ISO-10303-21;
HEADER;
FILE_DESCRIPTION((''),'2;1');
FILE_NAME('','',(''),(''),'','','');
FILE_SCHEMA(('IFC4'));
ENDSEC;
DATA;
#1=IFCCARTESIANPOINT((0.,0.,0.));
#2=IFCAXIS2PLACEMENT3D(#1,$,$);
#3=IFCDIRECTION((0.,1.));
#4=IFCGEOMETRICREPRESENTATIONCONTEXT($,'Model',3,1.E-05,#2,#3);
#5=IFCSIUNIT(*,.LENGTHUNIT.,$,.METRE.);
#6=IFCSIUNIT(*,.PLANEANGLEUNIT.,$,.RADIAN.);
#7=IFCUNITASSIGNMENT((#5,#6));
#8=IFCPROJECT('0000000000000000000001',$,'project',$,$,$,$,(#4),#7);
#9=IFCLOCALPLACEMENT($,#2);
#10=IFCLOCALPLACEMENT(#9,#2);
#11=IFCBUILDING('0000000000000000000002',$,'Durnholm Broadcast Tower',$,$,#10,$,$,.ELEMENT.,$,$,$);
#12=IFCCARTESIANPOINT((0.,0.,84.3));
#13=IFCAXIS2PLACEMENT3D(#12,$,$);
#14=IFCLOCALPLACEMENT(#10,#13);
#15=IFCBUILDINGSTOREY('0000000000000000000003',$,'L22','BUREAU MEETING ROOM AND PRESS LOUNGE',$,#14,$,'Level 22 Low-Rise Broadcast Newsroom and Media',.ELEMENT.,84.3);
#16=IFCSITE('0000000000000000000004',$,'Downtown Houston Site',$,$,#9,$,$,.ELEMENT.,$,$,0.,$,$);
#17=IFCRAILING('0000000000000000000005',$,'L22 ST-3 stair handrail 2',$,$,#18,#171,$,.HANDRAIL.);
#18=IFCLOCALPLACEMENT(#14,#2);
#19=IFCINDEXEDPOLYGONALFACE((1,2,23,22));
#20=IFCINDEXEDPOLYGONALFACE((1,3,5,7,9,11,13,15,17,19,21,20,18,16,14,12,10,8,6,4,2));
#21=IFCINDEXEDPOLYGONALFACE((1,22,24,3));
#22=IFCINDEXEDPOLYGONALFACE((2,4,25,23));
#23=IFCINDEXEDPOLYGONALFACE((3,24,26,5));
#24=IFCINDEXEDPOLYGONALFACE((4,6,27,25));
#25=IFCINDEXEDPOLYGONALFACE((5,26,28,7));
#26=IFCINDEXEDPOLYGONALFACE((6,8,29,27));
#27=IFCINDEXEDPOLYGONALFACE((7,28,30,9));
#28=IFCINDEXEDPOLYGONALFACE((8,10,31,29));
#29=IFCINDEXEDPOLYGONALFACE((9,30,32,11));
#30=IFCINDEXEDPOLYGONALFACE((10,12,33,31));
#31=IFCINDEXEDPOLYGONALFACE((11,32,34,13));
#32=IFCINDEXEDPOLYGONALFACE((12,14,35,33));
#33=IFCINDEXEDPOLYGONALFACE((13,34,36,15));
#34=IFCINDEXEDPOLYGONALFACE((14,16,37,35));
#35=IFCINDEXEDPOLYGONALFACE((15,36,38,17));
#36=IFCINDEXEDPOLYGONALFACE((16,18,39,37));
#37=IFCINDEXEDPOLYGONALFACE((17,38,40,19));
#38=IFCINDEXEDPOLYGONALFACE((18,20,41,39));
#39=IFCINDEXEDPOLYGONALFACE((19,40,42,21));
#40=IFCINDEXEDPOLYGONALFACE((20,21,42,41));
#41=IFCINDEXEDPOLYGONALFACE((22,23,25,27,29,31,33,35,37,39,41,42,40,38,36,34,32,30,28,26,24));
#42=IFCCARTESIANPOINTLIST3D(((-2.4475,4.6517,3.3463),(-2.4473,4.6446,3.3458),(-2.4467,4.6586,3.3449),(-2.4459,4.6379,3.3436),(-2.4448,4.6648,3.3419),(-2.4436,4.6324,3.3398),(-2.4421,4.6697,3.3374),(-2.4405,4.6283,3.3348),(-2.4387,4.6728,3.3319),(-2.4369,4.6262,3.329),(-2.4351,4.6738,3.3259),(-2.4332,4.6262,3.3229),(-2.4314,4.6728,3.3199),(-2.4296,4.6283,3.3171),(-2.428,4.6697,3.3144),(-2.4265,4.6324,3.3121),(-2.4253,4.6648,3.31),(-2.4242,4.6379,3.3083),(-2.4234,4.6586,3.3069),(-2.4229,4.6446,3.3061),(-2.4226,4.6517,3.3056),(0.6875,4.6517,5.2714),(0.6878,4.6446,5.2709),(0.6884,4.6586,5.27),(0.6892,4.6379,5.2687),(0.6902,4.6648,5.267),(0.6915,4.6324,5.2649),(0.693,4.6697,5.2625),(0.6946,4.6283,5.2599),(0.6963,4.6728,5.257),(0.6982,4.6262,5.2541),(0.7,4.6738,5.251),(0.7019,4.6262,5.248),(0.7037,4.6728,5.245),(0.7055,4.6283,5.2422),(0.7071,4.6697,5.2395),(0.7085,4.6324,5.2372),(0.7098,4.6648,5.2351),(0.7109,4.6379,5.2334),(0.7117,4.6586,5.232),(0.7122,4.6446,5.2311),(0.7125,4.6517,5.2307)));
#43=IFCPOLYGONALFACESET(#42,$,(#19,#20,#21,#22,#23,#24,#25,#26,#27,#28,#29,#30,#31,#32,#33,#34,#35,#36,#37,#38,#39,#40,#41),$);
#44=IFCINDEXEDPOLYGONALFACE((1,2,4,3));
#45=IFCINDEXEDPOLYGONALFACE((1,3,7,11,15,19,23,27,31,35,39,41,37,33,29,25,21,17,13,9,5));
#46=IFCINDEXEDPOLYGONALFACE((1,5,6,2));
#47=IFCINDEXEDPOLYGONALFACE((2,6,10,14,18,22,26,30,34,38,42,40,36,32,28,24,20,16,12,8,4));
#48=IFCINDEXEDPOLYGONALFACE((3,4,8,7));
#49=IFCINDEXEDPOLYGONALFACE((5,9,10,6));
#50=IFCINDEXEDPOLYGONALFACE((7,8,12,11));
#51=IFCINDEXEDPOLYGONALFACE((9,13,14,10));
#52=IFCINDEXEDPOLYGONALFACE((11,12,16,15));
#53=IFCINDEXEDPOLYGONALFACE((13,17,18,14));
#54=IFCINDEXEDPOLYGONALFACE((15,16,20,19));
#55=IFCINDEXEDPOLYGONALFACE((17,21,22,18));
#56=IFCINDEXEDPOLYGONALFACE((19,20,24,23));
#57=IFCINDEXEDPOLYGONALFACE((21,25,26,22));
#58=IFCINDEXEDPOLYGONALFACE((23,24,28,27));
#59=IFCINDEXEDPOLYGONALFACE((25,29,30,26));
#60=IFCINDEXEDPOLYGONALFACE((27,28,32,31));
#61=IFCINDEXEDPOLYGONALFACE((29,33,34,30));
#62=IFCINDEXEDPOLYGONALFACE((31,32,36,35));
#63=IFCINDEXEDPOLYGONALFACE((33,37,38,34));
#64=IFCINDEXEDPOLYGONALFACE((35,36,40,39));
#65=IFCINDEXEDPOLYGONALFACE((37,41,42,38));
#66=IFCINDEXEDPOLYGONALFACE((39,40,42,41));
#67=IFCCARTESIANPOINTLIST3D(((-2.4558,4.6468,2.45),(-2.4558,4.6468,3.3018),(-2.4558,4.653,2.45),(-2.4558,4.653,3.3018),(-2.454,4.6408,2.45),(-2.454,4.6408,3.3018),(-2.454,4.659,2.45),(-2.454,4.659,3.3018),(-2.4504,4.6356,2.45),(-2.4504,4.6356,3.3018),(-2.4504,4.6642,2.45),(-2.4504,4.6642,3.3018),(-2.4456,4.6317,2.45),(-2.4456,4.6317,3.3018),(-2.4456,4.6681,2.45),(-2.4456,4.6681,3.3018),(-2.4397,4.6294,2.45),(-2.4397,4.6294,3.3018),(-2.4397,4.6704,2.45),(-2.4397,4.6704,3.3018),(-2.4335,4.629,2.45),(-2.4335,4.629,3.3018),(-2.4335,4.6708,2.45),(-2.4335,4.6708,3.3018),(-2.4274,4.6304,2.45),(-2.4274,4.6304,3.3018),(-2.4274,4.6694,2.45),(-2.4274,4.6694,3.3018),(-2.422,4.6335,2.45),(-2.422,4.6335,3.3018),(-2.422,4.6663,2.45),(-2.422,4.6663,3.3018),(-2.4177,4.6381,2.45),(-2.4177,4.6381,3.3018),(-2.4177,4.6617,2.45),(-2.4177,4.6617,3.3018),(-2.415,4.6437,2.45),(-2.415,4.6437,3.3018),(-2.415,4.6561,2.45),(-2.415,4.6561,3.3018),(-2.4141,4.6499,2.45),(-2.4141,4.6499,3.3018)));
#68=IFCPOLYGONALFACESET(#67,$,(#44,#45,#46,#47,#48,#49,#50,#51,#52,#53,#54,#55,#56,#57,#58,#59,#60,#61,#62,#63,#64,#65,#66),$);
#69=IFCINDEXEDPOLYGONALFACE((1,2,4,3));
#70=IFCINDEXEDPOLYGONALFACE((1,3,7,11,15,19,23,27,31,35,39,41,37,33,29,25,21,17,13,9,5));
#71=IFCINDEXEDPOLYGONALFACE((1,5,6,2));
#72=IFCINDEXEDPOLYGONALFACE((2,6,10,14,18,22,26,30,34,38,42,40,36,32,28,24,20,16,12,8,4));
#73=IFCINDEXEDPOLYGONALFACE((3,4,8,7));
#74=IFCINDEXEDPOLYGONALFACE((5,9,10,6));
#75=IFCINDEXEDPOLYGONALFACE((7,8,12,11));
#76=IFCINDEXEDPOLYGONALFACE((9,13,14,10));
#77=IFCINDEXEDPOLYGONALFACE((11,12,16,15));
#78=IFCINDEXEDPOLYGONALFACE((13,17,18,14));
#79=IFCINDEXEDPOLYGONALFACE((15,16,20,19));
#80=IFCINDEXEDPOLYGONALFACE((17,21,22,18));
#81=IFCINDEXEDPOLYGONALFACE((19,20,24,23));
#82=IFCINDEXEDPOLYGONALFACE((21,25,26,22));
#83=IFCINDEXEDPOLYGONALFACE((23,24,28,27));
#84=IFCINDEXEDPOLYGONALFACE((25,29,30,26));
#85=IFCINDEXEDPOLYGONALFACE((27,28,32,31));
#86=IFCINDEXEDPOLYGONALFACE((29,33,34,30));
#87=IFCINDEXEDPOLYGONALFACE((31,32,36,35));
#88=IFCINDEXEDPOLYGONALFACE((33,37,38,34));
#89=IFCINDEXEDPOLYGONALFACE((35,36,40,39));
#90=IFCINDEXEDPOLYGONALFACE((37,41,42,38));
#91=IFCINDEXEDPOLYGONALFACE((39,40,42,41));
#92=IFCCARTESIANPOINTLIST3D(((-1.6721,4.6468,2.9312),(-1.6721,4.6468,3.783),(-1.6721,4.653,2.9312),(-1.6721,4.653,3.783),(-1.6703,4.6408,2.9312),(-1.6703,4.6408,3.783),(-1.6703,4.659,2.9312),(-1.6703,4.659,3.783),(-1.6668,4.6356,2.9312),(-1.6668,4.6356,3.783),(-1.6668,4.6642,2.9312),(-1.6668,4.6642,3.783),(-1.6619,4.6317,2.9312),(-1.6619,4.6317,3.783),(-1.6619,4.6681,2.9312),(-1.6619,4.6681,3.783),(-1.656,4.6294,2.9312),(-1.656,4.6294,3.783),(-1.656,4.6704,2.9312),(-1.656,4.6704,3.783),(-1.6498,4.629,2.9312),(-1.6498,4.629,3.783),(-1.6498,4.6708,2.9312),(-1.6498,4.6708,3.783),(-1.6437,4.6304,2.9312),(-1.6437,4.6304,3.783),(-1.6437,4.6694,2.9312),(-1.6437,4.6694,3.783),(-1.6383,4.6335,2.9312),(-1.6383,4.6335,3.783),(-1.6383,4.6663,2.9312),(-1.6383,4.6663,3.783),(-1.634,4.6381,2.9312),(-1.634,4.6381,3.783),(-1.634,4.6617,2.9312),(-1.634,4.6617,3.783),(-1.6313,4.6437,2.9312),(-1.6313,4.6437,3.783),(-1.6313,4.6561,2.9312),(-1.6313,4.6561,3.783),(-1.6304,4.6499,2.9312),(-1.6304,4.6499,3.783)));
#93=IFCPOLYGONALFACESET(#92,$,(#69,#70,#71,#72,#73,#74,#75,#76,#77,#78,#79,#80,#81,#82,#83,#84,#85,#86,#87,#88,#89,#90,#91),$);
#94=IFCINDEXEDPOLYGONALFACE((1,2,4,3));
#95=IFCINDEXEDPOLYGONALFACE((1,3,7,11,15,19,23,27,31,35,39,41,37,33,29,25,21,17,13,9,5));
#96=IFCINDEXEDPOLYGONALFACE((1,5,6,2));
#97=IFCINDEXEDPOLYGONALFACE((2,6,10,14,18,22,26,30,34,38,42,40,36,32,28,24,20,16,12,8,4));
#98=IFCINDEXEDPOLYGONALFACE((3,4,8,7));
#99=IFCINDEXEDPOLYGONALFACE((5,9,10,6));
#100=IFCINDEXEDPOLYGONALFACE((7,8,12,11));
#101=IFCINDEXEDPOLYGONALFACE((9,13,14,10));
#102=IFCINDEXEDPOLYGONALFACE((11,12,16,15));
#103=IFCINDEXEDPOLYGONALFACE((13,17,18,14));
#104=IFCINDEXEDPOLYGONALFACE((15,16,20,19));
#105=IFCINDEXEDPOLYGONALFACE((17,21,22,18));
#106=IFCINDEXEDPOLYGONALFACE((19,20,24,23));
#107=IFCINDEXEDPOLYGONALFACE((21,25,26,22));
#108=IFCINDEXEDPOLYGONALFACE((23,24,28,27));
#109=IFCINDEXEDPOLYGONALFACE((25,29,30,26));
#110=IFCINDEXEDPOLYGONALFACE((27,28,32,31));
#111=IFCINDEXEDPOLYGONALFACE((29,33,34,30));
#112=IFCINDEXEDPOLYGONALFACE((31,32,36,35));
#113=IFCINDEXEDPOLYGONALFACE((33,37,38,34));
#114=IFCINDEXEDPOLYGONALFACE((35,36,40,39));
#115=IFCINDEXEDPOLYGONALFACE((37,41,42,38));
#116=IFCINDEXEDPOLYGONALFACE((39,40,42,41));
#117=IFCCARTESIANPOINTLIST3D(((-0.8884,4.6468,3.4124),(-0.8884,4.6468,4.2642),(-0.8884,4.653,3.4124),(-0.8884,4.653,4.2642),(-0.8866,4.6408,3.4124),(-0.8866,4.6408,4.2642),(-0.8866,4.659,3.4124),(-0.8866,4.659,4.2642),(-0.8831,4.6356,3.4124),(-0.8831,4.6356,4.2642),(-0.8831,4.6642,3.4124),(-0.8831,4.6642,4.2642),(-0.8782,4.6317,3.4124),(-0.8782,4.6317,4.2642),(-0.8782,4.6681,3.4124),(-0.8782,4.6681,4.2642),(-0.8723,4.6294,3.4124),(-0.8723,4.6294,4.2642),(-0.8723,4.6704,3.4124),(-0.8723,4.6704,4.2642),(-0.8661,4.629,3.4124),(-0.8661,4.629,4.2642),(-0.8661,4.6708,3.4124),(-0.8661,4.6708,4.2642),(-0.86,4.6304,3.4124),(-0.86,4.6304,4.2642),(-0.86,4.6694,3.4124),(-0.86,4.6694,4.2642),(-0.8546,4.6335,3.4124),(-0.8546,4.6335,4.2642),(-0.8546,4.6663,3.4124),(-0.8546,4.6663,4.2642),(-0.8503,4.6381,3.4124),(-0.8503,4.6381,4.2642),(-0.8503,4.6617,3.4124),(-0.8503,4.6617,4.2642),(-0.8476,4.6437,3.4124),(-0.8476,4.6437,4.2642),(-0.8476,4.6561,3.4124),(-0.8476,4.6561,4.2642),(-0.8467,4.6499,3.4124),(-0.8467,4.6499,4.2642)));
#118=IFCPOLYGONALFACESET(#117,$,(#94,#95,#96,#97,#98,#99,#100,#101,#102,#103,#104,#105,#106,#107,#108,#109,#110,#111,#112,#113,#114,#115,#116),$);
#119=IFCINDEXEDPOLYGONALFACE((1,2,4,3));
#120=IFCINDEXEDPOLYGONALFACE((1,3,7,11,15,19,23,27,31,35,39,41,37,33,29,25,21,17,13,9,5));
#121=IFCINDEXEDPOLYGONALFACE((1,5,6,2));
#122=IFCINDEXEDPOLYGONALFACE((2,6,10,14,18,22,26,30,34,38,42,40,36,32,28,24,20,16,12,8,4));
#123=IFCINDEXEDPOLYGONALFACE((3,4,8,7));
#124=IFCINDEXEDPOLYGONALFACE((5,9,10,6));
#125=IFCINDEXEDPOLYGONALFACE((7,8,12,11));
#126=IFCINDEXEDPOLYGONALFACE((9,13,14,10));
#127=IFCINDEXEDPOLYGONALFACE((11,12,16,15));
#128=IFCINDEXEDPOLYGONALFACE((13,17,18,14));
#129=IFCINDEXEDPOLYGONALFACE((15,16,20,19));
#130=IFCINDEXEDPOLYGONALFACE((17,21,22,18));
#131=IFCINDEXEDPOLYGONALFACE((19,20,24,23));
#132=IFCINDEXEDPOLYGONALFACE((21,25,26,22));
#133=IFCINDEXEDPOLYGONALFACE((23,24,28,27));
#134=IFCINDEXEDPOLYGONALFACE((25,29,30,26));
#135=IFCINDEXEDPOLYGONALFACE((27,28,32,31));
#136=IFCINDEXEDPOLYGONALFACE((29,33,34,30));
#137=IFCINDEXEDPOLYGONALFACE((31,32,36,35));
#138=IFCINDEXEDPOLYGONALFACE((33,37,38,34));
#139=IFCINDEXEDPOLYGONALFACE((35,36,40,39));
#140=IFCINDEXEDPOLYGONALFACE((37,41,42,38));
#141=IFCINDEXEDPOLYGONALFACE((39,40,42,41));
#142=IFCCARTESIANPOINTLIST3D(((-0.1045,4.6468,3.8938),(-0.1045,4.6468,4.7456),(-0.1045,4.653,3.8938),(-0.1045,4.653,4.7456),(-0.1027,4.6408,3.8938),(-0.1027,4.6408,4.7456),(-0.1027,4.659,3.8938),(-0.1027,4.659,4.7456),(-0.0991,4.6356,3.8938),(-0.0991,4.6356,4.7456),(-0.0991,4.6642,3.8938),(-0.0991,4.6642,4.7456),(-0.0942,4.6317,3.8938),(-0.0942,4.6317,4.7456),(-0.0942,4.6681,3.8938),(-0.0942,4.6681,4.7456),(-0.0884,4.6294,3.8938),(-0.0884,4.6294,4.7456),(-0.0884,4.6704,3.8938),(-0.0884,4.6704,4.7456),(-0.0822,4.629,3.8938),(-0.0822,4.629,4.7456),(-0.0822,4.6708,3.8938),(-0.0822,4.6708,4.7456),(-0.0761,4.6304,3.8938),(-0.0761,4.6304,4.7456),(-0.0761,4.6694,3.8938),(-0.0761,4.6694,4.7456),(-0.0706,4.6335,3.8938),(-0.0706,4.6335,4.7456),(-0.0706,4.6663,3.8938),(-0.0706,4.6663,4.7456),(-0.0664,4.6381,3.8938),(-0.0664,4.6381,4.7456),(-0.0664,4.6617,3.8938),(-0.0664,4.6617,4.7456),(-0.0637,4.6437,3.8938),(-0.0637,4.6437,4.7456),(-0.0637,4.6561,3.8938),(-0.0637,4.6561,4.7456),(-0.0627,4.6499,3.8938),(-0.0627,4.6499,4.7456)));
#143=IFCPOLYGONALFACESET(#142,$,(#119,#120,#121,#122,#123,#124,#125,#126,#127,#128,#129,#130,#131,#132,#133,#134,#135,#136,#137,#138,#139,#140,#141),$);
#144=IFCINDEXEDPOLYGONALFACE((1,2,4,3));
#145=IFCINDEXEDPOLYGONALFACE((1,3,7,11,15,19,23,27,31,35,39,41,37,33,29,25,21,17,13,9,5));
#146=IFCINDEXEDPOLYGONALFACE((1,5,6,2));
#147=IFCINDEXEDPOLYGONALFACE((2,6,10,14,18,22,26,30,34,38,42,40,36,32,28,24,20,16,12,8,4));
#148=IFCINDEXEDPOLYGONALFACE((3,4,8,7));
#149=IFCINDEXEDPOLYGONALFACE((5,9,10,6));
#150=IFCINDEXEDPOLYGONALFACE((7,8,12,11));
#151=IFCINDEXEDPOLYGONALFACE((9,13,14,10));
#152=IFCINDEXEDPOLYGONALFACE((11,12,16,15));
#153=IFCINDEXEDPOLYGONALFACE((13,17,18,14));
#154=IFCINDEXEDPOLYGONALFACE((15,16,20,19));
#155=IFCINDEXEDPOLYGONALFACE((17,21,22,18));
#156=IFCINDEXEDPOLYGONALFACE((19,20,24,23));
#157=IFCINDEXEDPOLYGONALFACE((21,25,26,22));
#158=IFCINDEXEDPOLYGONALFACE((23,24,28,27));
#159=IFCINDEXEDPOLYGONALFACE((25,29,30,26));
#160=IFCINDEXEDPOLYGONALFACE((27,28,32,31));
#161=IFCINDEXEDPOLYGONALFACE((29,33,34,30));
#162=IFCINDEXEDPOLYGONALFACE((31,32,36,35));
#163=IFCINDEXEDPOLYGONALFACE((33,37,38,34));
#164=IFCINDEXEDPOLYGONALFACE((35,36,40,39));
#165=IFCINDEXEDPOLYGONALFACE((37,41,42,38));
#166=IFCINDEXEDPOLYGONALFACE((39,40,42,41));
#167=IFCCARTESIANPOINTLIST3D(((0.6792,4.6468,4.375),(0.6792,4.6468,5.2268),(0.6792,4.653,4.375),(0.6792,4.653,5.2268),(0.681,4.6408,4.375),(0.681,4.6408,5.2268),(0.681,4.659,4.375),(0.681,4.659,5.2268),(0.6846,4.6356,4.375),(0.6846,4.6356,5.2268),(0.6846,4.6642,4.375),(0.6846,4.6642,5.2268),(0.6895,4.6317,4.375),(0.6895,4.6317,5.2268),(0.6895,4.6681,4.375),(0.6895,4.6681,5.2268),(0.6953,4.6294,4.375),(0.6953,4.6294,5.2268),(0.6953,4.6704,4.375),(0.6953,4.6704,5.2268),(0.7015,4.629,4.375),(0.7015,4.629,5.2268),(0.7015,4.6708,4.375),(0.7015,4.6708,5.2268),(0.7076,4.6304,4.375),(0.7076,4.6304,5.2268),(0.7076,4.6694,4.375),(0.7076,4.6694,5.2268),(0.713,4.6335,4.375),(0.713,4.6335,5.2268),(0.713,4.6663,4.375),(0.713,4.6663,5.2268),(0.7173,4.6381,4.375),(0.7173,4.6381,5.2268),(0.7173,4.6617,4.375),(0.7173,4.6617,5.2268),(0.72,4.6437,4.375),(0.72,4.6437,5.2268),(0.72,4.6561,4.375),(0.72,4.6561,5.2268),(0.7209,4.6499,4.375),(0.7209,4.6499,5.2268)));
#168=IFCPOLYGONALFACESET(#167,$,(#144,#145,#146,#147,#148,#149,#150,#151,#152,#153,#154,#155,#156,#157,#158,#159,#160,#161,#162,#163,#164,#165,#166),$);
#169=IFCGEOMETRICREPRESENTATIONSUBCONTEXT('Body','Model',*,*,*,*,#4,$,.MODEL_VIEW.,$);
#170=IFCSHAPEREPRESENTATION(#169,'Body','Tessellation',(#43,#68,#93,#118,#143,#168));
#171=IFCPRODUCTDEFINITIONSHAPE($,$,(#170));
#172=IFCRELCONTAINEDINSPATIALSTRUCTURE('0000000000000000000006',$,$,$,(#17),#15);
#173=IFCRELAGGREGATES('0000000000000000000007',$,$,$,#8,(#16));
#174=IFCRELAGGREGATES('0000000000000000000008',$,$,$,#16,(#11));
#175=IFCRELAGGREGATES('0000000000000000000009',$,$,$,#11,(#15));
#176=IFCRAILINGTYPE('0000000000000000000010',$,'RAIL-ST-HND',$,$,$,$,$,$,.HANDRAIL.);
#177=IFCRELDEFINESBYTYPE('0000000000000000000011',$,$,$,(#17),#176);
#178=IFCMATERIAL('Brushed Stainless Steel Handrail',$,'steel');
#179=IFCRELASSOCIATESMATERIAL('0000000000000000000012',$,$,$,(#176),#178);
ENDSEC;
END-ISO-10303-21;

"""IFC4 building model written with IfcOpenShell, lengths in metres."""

from ifc_helpers import new_model, si_unit, direction, frame, origin, origin_2d, place, context, subcontext, project, spatial, circle, extrude, material, type_object, element, save


model = new_model("IFC4")

# Units and contexts
model_context = context("Model", 3, precision=1e-05, world=origin(), true_north=direction((0.0, 1.0)))
body_context = subcontext(model_context, "Body", "Model", "MODEL_VIEW")
ifc_project = project(units=[si_unit("LENGTHUNIT", "METRE"), si_unit("PLANEANGLEUNIT", "RADIAN")], contexts=[model_context])

# Site, building, storey
site_placement = place(None, origin())
site = spatial("IfcSite", under=ifc_project, at=site_placement, Name="Downtown Houston Site", CompositionType="ELEMENT", RefElevation=0.0)
building_placement = place(site_placement, origin())
building = spatial("IfcBuilding", under=site, at=building_placement, Name="Durnholm Broadcast Tower", CompositionType="ELEMENT")
storey_placement = place(building_placement, frame((0.0, 0.0, 84.3)))
storey = spatial("IfcBuildingStorey", under=building, at=storey_placement, Name="L22", Description="BUREAU MEETING ROOM AND PRESS LOUNGE", LongName="Level 22 Low-Rise Broadcast Newsroom and Media", CompositionType="ELEMENT", Elevation=84.3)

# Railing
ifc_material_1 = material(Name="Brushed Stainless Steel Handrail", Category="steel")
railing_type_1 = type_object("IfcRailingType", Name="RAIL-ST-HND", PredefinedType="HANDRAIL", material=ifc_material_1)
railing_1_placement = place(storey_placement, frame((-2.4351, 4.6499, 2.45)))
element("IfcRailing", 1, at=railing_1_placement, inside=storey, type_object=railing_type_1, Name="L22 ST-3 stair handrail 2", PredefinedType="HANDRAIL", context=body_context, shape_type="SweptSolid", body=[
    extrude(circle(Radius=0.0239, at=origin_2d()), frame((0.0, 0.0, 0.876), z_axis=(0.852166, 0.0, 0.523271), x_axis=(0.0, 1.0, 0.0)), (0.0, 0.0, 1.0), 3.679),
    extrude(circle(Radius=0.021, at=origin_2d()), origin(), (0.0, 0.0, 1.0), 0.8518),
    extrude(circle(Radius=0.021, at=origin_2d()), frame((0.7837, 0.0, 0.4812)), (0.0, 0.0, 1.0), 0.8518),
    extrude(circle(Radius=0.021, at=origin_2d()), frame((1.5674, 0.0, 0.9624)), (0.0, 0.0, 1.0), 0.8518),
    extrude(circle(Radius=0.021, at=origin_2d()), frame((2.3513, 0.0, 1.4438)), (0.0, 0.0, 1.0), 0.8518),
    extrude(circle(Radius=0.021, at=origin_2d()), frame((3.135, 0.0, 1.925)), (0.0, 0.0, 1.0), 0.8518),
])

save(model, "model.ifc")
